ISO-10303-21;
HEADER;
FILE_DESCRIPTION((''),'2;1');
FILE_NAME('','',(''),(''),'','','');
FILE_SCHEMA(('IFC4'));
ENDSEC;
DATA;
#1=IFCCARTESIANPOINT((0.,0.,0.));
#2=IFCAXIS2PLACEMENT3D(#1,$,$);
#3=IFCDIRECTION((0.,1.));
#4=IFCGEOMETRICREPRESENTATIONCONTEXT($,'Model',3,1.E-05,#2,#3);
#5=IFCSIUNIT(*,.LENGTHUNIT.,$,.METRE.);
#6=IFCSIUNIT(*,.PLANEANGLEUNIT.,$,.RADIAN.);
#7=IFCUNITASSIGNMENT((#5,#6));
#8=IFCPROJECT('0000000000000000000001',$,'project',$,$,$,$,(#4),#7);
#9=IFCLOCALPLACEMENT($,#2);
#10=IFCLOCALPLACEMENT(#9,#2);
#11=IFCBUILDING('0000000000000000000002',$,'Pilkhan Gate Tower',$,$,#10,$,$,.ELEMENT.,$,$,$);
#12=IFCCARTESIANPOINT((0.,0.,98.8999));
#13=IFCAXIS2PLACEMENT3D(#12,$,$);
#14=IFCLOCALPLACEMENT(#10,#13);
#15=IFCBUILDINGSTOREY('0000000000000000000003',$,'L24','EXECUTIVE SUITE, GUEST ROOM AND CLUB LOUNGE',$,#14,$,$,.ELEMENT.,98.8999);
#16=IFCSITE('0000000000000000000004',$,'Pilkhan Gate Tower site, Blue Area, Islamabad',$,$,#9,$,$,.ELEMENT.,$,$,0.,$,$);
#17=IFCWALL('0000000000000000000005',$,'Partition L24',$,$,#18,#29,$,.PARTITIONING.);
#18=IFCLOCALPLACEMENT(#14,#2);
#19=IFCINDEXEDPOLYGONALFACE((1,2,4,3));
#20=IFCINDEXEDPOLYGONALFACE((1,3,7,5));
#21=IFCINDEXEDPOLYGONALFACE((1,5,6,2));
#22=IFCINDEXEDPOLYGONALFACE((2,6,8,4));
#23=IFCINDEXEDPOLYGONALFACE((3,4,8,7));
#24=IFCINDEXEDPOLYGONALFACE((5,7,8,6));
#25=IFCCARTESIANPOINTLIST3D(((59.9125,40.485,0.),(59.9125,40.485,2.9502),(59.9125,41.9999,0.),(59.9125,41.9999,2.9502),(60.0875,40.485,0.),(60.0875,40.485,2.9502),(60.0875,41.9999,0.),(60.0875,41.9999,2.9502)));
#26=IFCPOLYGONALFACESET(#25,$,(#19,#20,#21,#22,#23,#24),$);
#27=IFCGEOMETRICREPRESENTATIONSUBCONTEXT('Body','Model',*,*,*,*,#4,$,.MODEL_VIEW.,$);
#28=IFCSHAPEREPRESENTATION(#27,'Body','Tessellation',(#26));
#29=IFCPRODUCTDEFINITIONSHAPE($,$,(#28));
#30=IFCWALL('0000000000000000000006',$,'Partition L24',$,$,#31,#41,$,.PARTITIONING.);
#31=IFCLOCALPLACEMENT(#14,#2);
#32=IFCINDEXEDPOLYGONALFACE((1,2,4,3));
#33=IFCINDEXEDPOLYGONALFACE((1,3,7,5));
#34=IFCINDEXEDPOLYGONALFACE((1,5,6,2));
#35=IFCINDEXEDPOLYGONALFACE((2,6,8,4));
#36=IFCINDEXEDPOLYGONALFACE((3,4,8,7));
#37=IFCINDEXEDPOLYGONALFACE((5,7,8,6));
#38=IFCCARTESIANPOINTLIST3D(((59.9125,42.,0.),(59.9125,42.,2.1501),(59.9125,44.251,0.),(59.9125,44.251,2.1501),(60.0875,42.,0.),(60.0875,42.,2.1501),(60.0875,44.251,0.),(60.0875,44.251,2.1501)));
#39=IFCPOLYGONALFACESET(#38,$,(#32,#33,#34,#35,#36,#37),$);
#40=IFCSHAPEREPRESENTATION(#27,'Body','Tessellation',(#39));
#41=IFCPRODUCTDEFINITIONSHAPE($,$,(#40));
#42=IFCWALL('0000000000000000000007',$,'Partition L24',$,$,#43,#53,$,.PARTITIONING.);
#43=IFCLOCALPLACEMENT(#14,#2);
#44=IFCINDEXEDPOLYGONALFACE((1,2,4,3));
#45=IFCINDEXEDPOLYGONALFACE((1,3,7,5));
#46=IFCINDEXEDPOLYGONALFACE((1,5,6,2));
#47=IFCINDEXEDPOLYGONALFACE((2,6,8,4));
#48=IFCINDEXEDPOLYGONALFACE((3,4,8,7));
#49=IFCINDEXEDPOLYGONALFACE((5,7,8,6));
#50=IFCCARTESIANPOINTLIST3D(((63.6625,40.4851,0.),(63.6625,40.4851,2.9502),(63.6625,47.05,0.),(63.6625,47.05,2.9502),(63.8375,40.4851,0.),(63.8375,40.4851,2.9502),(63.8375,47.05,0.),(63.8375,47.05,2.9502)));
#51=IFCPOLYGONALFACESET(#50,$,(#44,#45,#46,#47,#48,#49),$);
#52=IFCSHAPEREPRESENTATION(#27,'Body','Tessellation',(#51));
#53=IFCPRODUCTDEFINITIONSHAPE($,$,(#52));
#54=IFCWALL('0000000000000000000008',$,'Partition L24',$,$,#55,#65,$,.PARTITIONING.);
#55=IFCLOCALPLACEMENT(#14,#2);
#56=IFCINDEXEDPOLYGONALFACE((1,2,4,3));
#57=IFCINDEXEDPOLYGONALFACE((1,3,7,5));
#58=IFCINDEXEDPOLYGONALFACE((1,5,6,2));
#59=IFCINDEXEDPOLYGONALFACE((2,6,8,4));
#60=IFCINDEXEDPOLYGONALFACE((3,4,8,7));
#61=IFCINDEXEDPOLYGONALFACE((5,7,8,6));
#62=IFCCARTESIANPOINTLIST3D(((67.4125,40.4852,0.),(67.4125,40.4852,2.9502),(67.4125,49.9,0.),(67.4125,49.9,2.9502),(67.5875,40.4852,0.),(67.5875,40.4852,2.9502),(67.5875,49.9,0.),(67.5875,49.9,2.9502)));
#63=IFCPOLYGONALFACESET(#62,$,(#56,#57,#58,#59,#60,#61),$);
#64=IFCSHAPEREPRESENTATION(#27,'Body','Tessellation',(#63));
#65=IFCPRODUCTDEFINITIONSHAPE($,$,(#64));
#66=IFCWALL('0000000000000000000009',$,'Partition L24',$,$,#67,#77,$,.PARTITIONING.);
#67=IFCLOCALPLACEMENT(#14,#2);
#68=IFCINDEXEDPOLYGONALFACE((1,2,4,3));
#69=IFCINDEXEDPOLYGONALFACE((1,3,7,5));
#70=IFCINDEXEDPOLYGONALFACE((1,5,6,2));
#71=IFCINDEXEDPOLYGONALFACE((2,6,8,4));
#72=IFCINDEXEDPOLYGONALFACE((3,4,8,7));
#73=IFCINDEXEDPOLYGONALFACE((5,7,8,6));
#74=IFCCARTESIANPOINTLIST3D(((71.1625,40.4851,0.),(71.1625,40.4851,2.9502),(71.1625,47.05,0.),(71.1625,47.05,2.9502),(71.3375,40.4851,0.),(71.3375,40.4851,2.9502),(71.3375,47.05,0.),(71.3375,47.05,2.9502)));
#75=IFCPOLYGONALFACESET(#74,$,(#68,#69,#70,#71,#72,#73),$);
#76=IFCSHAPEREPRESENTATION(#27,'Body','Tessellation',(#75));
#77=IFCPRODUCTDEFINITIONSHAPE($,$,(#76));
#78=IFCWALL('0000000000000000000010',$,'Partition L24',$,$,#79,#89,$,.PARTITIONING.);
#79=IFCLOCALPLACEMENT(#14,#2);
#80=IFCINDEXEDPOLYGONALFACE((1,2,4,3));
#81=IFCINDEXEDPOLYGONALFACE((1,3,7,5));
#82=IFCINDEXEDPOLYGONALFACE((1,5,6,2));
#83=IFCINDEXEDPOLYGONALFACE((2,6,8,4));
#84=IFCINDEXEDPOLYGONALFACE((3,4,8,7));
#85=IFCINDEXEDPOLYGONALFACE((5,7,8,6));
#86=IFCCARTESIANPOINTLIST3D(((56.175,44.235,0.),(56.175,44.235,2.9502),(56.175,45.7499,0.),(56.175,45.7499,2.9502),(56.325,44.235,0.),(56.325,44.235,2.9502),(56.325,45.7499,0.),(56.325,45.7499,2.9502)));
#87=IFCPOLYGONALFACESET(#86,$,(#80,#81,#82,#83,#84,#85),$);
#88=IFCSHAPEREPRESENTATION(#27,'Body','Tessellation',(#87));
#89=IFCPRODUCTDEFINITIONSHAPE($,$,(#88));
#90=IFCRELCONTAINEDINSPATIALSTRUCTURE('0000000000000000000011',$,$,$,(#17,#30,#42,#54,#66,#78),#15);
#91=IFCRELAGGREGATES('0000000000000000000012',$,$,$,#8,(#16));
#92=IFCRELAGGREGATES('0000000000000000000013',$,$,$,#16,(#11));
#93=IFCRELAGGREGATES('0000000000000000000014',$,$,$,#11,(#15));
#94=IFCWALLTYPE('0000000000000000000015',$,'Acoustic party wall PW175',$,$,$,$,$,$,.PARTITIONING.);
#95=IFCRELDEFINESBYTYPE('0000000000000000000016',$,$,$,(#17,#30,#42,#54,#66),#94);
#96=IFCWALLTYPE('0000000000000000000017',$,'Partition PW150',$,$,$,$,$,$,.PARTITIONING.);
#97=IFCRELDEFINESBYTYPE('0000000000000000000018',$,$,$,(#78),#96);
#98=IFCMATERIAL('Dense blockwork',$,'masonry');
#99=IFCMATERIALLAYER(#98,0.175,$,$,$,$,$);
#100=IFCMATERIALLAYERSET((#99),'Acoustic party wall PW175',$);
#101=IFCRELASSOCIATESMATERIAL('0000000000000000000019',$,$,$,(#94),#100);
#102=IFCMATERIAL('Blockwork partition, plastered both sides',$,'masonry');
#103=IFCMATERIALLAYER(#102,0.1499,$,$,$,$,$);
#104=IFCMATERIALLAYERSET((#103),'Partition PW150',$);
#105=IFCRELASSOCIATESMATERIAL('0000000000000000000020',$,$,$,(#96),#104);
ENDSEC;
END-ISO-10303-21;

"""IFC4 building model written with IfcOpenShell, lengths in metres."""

from ifc_helpers import new_model, si_unit, direction, frame, frame_2d, origin, place, context, subcontext, project, spatial, rectangle, extrude, material, layer, layer_set, type_object, element, save


model = new_model("IFC4")

# Units and contexts
model_context = context("Model", 3, precision=1e-05, world=origin(), true_north=direction((0.0, 1.0)))
body_context = subcontext(model_context, "Body", "Model", "MODEL_VIEW")
ifc_project = project(units=[si_unit("LENGTHUNIT", "METRE"), si_unit("PLANEANGLEUNIT", "RADIAN")], contexts=[model_context])

# Site, building, storey
site_placement = place(None, origin())
site = spatial("IfcSite", under=ifc_project, at=site_placement, Name="Pilkhan Gate Tower site, Blue Area, Islamabad", CompositionType="ELEMENT", RefElevation=0.0)
building_placement = place(site_placement, origin())
building = spatial("IfcBuilding", under=site, at=building_placement, Name="Pilkhan Gate Tower", CompositionType="ELEMENT")
storey_placement = place(building_placement, frame((0.0, 0.0, 98.8999)))
storey = spatial("IfcBuildingStorey", under=building, at=storey_placement, Name="L24", Description="EXECUTIVE SUITE, GUEST ROOM AND CLUB LOUNGE", CompositionType="ELEMENT", Elevation=98.8999)

# Walls
ifc_material_1 = material(Name="Dense blockwork", Category="masonry")
ifc_layer_1 = layer(ifc_material_1, 0.175)
ifc_layer_set_1 = layer_set([ifc_layer_1], Name="Acoustic party wall PW175")
wall_type_1 = type_object("IfcWallType", Name="Acoustic party wall PW175", PredefinedType="PARTITIONING", material=ifc_layer_set_1)
wall_1_placement = place(storey_placement, frame((60.0, 40.4851, 0.0), z_axis=(0.0, 0.0, 1.0), x_axis=(0.0, 1.0, 0.0)))
element("IfcWall", 1, at=wall_1_placement, inside=storey, type_object=wall_type_1, Name="Partition L24", PredefinedType="PARTITIONING", context=body_context, shape_type="SweptSolid", body=[
    extrude(rectangle(XDim=1.5149, YDim=0.175, at=frame_2d((0.7573, 0.0))), origin(), (0.0, 0.0, 1.0), 2.9502),
])
wall_2_placement = place(storey_placement, frame((60.0, 42.0, 0.0), z_axis=(0.0, 0.0, 1.0), x_axis=(0.0, 1.0, 0.0)))
element("IfcWall", 2, at=wall_2_placement, inside=storey, type_object=wall_type_1, Name="Partition L24", PredefinedType="PARTITIONING", context=body_context, shape_type="SweptSolid", body=[
    extrude(rectangle(XDim=2.251, YDim=0.175, at=frame_2d((1.1255, 0.0))), origin(), (0.0, 0.0, 1.0), 2.1501),
])
wall_3_placement = place(storey_placement, frame((63.75, 40.4851, 0.0), z_axis=(0.0, 0.0, 1.0), x_axis=(0.0, 1.0, 0.0)))
element("IfcWall", 3, at=wall_3_placement, inside=storey, type_object=wall_type_1, Name="Partition L24", PredefinedType="PARTITIONING", context=body_context, shape_type="SweptSolid", body=[
    extrude(rectangle(XDim=6.5649, YDim=0.175, at=frame_2d((3.2825, 0.0))), origin(), (0.0, 0.0, 1.0), 2.9502),
])
wall_4_placement = place(storey_placement, frame((67.5, 40.4851, 0.0), z_axis=(0.0, 0.0, 1.0), x_axis=(0.0, 1.0, 0.0)))
element("IfcWall", 4, at=wall_4_placement, inside=storey, type_object=wall_type_1, Name="Partition L24", PredefinedType="PARTITIONING", context=body_context, shape_type="SweptSolid", body=[
    extrude(rectangle(XDim=9.4148, YDim=0.175, at=frame_2d((4.7075, 0.0))), origin(), (0.0, 0.0, 1.0), 2.9502),
])
wall_5_placement = place(storey_placement, frame((71.25, 40.4851, 0.0), z_axis=(0.0, 0.0, 1.0), x_axis=(0.0, 1.0, 0.0)))
element("IfcWall", 5, at=wall_5_placement, inside=storey, type_object=wall_type_1, Name="Partition L24", PredefinedType="PARTITIONING", context=body_context, shape_type="SweptSolid", body=[
    extrude(rectangle(XDim=6.5649, YDim=0.175, at=frame_2d((3.2825, 0.0))), origin(), (0.0, 0.0, 1.0), 2.9502),
])
ifc_material_2 = material(Name="Blockwork partition, plastered both sides", Category="masonry")
ifc_layer_2 = layer(ifc_material_2, 0.1499)
ifc_layer_set_2 = layer_set([ifc_layer_2], Name="Partition PW150")
wall_type_2 = type_object("IfcWallType", Name="Partition PW150", PredefinedType="PARTITIONING", material=ifc_layer_set_2)
wall_6_placement = place(storey_placement, frame((56.25, 44.2351, 0.0), z_axis=(0.0, 0.0, 1.0), x_axis=(0.0, 1.0, 0.0)))
element("IfcWall", 6, at=wall_6_placement, inside=storey, type_object=wall_type_2, Name="Partition L24", PredefinedType="PARTITIONING", context=body_context, shape_type="SweptSolid", body=[
    extrude(rectangle(XDim=1.5149, YDim=0.1499, at=frame_2d((0.7573, 0.0))), origin(), (0.0, 0.0, 1.0), 2.9502),
])

save(model, "model.ifc")
